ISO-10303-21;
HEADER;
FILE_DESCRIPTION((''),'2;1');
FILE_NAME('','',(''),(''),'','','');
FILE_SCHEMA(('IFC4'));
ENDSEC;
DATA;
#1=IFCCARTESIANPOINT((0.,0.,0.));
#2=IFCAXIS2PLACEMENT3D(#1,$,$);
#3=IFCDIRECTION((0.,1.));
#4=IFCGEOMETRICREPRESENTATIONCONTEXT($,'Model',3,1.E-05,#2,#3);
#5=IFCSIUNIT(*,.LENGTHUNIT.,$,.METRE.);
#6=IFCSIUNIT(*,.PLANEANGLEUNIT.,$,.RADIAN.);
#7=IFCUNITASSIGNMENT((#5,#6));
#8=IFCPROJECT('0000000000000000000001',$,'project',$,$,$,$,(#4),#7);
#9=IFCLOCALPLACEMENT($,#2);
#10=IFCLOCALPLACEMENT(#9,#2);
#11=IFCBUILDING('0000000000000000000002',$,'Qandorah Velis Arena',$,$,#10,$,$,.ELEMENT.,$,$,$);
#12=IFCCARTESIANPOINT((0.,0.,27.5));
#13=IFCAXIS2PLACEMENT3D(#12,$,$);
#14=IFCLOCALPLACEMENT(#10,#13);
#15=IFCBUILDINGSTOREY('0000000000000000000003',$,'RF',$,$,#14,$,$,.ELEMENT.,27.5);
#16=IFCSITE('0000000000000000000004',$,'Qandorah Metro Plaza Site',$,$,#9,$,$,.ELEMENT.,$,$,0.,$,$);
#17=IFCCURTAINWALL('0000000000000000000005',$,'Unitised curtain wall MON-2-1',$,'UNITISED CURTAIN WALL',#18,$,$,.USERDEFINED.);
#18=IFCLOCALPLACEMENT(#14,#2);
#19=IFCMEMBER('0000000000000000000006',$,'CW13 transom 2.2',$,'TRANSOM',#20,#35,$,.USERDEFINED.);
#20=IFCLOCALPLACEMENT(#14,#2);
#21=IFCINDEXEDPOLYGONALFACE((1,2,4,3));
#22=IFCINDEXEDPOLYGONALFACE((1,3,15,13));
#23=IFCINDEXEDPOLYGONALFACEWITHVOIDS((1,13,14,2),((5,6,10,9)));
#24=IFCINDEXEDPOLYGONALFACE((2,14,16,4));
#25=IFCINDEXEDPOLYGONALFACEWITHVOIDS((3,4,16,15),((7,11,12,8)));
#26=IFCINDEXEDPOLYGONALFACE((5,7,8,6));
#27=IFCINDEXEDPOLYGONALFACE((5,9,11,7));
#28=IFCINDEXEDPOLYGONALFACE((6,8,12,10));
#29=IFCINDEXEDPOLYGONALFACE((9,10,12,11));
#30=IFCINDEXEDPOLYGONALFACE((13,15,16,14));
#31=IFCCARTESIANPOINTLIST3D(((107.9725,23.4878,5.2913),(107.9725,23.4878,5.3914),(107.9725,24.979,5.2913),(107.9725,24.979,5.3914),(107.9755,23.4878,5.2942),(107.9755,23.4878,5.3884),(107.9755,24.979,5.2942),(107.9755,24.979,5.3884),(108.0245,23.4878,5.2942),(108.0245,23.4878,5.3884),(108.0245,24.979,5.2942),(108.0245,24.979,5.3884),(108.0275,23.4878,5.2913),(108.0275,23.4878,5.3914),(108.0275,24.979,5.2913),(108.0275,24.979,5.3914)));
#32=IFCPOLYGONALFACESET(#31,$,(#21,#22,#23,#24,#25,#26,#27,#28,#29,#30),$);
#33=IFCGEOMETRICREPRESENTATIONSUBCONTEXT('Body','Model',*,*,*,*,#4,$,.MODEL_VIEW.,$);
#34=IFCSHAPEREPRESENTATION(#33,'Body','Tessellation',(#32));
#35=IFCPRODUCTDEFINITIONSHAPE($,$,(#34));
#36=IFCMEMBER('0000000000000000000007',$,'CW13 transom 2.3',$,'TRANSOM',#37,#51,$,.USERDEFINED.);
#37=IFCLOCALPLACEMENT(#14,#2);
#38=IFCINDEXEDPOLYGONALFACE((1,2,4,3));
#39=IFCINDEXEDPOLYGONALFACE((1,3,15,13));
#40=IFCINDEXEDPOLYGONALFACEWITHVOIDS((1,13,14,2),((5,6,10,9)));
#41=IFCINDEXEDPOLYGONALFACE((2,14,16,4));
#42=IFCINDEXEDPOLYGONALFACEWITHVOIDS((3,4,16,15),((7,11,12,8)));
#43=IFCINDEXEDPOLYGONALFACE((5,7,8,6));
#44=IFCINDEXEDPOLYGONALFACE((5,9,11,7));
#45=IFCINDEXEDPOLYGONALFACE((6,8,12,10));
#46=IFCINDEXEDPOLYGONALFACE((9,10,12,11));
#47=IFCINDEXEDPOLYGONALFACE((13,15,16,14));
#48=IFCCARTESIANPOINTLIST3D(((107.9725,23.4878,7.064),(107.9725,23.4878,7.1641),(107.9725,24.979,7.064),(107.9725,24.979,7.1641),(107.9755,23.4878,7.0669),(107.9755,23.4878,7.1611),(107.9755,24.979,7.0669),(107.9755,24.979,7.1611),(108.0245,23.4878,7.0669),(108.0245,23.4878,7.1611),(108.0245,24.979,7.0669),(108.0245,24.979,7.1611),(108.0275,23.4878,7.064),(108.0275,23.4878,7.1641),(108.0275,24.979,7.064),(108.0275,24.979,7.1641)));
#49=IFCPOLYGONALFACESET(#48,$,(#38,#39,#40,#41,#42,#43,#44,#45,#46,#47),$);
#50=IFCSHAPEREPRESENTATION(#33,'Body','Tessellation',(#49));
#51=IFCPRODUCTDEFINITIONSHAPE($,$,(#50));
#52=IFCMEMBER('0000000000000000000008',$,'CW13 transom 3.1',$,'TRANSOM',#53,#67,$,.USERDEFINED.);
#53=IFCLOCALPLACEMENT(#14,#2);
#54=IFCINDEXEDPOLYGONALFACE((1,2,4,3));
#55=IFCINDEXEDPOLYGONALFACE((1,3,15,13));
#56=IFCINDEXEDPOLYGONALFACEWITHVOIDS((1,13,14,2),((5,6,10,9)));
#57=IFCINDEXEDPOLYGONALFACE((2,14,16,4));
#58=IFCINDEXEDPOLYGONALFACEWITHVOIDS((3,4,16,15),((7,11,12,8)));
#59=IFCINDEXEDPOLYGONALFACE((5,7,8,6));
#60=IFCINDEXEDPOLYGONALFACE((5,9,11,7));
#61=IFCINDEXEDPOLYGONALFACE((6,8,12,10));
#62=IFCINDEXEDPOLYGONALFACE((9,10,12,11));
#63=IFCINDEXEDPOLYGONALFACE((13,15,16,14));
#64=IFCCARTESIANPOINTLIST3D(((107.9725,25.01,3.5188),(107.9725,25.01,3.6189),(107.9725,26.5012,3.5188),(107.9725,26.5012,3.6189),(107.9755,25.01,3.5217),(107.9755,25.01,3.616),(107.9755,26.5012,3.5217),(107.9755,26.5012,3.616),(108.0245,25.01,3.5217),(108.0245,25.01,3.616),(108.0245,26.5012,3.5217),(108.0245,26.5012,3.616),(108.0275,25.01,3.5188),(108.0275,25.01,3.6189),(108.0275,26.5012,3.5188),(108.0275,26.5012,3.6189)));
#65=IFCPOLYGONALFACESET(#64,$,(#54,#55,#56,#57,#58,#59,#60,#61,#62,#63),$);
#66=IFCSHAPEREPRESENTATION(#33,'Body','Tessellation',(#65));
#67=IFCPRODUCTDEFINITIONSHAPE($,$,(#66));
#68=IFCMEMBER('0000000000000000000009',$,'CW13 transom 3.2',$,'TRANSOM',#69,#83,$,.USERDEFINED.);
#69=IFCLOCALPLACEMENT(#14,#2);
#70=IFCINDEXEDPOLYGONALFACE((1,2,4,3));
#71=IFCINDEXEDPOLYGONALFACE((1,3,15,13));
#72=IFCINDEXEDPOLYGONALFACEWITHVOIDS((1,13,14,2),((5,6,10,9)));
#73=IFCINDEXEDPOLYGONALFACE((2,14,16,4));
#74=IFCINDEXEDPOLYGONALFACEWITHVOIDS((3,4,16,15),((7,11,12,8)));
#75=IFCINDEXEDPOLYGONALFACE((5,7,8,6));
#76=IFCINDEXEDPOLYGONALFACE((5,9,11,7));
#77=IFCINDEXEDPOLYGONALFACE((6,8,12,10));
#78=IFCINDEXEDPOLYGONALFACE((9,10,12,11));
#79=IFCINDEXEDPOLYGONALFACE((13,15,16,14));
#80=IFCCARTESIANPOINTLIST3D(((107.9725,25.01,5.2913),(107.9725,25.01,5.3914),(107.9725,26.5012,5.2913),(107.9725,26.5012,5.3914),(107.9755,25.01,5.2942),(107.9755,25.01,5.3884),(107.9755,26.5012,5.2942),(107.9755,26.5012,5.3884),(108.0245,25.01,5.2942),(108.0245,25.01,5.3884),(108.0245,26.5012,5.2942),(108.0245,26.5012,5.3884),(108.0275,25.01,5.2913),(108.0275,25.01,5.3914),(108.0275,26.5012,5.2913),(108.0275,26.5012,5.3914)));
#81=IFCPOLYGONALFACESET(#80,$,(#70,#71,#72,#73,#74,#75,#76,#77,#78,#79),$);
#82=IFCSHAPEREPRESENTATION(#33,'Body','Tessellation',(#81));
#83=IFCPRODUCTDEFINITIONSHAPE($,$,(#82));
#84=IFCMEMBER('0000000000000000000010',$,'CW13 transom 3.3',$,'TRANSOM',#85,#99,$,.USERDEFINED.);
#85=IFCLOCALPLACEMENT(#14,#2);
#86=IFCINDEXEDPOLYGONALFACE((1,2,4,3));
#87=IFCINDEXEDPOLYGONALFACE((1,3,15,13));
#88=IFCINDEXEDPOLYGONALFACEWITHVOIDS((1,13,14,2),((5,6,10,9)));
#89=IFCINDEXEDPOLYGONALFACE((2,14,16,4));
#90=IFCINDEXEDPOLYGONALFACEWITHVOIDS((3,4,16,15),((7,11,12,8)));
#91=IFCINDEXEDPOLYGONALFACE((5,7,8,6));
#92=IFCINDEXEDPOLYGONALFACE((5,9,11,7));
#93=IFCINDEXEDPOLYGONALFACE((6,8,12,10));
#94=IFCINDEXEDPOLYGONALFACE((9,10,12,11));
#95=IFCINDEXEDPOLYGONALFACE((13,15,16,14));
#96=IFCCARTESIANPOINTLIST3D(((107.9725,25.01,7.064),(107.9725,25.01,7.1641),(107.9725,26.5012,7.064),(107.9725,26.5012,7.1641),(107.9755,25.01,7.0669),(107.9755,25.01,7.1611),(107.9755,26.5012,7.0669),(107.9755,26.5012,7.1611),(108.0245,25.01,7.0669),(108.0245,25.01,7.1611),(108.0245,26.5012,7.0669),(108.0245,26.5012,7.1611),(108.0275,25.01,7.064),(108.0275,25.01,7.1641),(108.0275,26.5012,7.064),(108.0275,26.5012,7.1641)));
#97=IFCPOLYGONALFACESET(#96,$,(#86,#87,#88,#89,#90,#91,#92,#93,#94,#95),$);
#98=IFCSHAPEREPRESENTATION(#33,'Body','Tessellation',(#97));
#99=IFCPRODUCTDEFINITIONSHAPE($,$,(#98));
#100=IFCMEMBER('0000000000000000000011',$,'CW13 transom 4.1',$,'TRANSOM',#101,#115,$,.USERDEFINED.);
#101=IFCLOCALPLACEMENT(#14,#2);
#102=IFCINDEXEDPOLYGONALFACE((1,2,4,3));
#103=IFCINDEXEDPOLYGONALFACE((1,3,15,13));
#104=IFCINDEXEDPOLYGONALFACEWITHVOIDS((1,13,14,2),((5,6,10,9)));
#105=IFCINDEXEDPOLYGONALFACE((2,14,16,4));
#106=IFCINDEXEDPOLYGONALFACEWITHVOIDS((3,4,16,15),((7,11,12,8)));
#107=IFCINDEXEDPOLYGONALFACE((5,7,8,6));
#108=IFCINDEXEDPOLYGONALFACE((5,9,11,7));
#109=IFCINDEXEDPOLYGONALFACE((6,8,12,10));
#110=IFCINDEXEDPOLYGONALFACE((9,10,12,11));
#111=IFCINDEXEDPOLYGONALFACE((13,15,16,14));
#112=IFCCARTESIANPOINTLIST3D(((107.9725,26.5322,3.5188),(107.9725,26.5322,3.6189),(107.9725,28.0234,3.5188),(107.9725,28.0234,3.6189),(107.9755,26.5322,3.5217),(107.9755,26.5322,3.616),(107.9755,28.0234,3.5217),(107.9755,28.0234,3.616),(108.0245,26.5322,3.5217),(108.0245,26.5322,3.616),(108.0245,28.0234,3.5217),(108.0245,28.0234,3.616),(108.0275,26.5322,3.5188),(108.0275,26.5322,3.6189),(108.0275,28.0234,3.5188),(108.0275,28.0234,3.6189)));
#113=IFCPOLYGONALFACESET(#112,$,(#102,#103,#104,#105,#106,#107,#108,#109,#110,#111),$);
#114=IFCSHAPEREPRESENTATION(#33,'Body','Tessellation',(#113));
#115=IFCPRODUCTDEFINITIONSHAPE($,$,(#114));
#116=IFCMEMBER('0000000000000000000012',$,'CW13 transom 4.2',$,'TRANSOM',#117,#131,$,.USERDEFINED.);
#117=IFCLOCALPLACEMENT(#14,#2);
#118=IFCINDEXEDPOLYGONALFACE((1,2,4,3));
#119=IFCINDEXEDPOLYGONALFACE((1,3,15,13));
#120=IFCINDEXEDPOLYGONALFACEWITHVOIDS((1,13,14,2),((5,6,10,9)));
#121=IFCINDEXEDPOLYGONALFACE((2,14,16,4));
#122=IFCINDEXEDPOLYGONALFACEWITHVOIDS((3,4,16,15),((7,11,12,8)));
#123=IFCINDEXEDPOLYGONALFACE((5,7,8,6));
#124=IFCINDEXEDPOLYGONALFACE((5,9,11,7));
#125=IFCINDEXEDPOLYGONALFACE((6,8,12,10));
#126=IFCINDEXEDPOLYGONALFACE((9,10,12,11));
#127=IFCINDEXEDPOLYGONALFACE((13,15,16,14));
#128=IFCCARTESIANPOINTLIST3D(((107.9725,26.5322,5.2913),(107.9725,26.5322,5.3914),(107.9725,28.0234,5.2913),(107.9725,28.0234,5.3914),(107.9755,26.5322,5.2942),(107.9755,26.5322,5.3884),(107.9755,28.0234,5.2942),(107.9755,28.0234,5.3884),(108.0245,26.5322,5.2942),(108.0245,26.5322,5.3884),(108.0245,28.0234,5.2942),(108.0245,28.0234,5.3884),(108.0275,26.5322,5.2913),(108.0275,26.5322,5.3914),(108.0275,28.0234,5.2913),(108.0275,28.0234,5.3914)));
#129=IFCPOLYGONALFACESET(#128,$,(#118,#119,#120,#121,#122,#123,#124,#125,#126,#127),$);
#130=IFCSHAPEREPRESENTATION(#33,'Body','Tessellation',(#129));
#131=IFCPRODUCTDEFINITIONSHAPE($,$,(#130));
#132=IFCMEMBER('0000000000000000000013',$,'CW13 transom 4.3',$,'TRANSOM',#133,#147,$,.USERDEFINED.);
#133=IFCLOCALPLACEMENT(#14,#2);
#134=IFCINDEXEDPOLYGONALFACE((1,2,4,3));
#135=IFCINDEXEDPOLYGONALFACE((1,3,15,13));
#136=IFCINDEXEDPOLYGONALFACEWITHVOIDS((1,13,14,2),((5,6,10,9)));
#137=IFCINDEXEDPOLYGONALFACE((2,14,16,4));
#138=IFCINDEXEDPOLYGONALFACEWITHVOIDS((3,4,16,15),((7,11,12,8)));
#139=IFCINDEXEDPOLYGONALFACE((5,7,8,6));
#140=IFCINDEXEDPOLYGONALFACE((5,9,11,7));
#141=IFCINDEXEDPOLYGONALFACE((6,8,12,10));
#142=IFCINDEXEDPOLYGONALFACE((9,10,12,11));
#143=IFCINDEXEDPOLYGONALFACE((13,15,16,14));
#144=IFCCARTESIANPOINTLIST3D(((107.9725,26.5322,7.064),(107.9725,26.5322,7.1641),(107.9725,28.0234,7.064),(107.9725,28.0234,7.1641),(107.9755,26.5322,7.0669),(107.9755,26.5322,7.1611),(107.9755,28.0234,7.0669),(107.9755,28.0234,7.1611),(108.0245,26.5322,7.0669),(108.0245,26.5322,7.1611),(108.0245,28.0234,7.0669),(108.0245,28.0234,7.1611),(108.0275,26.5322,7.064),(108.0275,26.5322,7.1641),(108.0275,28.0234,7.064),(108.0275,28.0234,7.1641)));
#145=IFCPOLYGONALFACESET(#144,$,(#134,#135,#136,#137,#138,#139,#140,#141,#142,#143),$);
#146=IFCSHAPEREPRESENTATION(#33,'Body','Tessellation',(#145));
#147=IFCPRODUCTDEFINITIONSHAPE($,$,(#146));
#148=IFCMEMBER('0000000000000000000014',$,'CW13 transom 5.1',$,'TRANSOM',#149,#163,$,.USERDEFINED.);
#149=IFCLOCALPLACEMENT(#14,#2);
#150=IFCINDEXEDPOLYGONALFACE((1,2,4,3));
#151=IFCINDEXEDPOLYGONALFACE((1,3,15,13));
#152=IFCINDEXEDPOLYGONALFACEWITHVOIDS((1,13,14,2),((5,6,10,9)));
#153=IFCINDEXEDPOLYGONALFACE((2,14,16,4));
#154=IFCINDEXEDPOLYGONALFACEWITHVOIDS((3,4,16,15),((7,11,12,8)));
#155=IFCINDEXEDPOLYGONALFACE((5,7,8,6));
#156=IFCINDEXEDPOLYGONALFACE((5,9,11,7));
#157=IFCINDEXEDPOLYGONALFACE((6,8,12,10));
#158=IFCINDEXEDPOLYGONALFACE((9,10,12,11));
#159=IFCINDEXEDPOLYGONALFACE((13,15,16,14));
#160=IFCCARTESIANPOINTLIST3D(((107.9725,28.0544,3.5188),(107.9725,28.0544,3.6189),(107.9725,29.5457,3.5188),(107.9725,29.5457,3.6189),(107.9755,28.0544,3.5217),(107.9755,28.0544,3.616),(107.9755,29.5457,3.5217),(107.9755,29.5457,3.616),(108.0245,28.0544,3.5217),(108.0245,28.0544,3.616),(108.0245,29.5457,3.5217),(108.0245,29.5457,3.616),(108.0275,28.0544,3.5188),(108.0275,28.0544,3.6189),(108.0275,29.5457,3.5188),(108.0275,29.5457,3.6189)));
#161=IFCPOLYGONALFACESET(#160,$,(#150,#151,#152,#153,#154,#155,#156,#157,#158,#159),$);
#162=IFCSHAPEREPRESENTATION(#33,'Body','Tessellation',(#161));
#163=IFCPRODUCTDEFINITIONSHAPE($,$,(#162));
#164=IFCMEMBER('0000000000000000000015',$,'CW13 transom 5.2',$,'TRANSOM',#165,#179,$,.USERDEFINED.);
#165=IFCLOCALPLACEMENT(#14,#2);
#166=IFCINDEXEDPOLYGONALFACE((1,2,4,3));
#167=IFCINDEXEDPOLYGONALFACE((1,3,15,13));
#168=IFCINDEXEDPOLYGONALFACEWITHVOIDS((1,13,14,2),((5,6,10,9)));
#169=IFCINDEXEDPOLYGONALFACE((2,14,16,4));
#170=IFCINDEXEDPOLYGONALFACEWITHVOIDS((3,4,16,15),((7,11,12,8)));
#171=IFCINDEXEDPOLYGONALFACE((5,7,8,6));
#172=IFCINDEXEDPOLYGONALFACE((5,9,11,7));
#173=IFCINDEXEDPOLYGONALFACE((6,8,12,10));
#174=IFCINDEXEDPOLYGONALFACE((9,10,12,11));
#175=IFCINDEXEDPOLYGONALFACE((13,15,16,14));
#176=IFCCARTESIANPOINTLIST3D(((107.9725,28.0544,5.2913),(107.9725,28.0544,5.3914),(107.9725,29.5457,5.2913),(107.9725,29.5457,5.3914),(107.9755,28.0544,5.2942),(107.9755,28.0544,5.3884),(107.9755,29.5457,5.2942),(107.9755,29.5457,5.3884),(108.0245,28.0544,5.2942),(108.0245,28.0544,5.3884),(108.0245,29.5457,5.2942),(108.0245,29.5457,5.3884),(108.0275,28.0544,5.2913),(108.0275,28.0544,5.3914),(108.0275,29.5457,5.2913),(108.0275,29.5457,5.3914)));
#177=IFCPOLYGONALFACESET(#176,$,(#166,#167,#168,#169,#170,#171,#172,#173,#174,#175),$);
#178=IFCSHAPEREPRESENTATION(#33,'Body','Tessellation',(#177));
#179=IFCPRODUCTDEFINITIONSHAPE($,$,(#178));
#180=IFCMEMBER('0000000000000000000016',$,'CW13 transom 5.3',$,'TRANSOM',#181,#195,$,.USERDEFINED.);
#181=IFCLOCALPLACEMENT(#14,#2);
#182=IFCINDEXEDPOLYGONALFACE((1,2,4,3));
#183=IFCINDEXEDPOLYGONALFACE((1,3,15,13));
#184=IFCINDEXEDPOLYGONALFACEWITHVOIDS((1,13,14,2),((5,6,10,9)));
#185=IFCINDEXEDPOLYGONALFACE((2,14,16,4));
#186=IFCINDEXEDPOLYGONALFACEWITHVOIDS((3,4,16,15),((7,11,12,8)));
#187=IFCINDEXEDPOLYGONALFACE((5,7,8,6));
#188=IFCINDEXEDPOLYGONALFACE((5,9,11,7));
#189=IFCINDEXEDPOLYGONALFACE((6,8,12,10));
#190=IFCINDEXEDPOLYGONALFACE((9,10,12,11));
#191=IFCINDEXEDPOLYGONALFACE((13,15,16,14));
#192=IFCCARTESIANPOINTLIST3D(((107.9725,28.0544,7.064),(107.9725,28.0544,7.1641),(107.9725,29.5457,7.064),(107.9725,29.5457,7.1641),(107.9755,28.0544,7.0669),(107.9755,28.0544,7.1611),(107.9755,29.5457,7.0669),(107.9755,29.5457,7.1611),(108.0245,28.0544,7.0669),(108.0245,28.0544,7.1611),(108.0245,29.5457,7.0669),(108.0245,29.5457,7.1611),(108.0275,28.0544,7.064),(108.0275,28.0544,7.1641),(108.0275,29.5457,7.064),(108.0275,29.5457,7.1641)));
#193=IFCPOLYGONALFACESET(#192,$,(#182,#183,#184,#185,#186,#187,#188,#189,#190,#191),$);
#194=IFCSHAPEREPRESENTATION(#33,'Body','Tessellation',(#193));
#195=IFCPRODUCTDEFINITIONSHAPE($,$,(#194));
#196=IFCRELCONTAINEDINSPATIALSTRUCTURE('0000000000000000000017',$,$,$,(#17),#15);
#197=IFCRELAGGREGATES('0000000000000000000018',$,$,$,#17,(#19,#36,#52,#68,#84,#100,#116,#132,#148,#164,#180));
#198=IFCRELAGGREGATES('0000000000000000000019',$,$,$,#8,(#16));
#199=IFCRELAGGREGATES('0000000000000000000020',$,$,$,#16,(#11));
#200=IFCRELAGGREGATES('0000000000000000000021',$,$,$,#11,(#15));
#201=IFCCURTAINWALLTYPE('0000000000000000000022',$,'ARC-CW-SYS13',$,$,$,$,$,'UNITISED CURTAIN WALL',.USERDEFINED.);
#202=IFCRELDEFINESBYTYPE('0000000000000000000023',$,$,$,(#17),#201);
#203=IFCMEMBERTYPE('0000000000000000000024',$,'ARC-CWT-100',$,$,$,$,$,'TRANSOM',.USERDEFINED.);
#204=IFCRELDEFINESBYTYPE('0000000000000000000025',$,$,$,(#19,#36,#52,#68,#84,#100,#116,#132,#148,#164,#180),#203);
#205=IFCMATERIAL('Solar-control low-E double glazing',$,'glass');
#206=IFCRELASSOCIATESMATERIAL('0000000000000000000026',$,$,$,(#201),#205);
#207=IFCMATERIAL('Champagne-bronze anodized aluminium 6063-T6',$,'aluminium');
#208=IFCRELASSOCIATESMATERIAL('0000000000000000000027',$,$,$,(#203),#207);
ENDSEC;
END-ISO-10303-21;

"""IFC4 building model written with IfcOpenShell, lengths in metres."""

from ifc_helpers import new_model, si_unit, direction, frame, origin, origin_2d, place, context, subcontext, project, spatial, hollow_rectangle, extrude, material, material_profile, profile_set, type_object, element, aggregate, save


model = new_model("IFC4")

# Units and contexts
model_context = context("Model", 3, precision=1e-05, world=origin(), true_north=direction((0.0, 1.0)))
body_context = subcontext(model_context, "Body", "Model", "MODEL_VIEW")
ifc_project = project(units=[si_unit("LENGTHUNIT", "METRE"), si_unit("PLANEANGLEUNIT", "RADIAN")], contexts=[model_context])

# Site, building, storey
site_placement = place(None, origin())
site = spatial("IfcSite", under=ifc_project, at=site_placement, Name="Qandorah Metro Plaza Site", CompositionType="ELEMENT", RefElevation=0.0)
building_placement = place(site_placement, origin())
building = spatial("IfcBuilding", under=site, at=building_placement, Name="Qandorah Velis Arena", CompositionType="ELEMENT")
storey_placement = place(building_placement, frame((0.0, 0.0, 27.5)))
storey = spatial("IfcBuildingStorey", under=building, at=storey_placement, Name="RF", CompositionType="ELEMENT", Elevation=27.5)

# Curtain wall
ifc_material_1 = material(Name="Solar-control low-E double glazing", Category="glass")
curtain_wall_type_1 = type_object("IfcCurtainWallType", Name="ARC-CW-SYS13", ElementType="UNITISED CURTAIN WALL", PredefinedType="USERDEFINED", material=ifc_material_1)
curtain_wall_1_placement = place(storey_placement, origin())
curtain_wall_1 = element("IfcCurtainWall", 1, at=curtain_wall_1_placement, inside=storey, type_object=curtain_wall_type_1, Name="Unitised curtain wall MON-2-1", ObjectType="UNITISED CURTAIN WALL", PredefinedType="USERDEFINED")
ifc_material_2 = material(Name="Champagne-bronze anodized aluminium 6063-T6", Category="aluminium")

# Members
ifc_material_profile_1 = material_profile(ifc_material_2, hollow_rectangle(XDim=0.0549, YDim=0.1001, WallThickness=0.0029, at=origin_2d()), Name="ALU TRANSOM 55x100")
ifc_profile_set_1 = profile_set([ifc_material_profile_1], Name="Champagne-bronze anodized aluminium 6063-T6")
member_type_1 = type_object("IfcMemberType", Name="ARC-CWT-100", ElementType="TRANSOM", PredefinedType="USERDEFINED", material=ifc_profile_set_1)
member_1_placement = place(storey_placement, frame((108.0, 23.4878, 5.3413), z_axis=(0.0, 1.0, 0.0), x_axis=(-1.0, 0.0, 0.0)))
member_1 = element("IfcMember", 2, at=member_1_placement, type_object=member_type_1, Name="CW13 transom 2.2", ObjectType="TRANSOM", PredefinedType="USERDEFINED", context=body_context, shape_type="SweptSolid", body=[
    extrude(hollow_rectangle(XDim=0.0549, YDim=0.1001, WallThickness=0.0029, at=origin_2d()), origin(), (0.0, 0.0, 1.0), 1.4912),
])
member_2_placement = place(storey_placement, frame((108.0, 23.4878, 7.114), z_axis=(0.0, 1.0, 0.0), x_axis=(-1.0, 0.0, 0.0)))
member_2 = element("IfcMember", 3, at=member_2_placement, type_object=member_type_1, Name="CW13 transom 2.3", ObjectType="TRANSOM", PredefinedType="USERDEFINED", context=body_context, shape_type="SweptSolid", body=[
    extrude(hollow_rectangle(XDim=0.0549, YDim=0.1001, WallThickness=0.0029, at=origin_2d()), origin(), (0.0, 0.0, 1.0), 1.4912),
])
member_3_placement = place(storey_placement, frame((108.0, 25.01, 3.5688), z_axis=(0.0, 1.0, 0.0), x_axis=(-1.0, 0.0, 0.0)))
member_3 = element("IfcMember", 4, at=member_3_placement, type_object=member_type_1, Name="CW13 transom 3.1", ObjectType="TRANSOM", PredefinedType="USERDEFINED", context=body_context, shape_type="SweptSolid", body=[
    extrude(hollow_rectangle(XDim=0.0549, YDim=0.1001, WallThickness=0.0029, at=origin_2d()), origin(), (0.0, 0.0, 1.0), 1.4912),
])
member_4_placement = place(storey_placement, frame((108.0, 25.01, 5.3413), z_axis=(0.0, 1.0, 0.0), x_axis=(-1.0, 0.0, 0.0)))
member_4 = element("IfcMember", 5, at=member_4_placement, type_object=member_type_1, Name="CW13 transom 3.2", ObjectType="TRANSOM", PredefinedType="USERDEFINED", context=body_context, shape_type="SweptSolid", body=[
    extrude(hollow_rectangle(XDim=0.0549, YDim=0.1001, WallThickness=0.0029, at=origin_2d()), origin(), (0.0, 0.0, 1.0), 1.4912),
])
member_5_placement = place(storey_placement, frame((108.0, 25.01, 7.114), z_axis=(0.0, 1.0, 0.0), x_axis=(-1.0, 0.0, 0.0)))
member_5 = element("IfcMember", 6, at=member_5_placement, type_object=member_type_1, Name="CW13 transom 3.3", ObjectType="TRANSOM", PredefinedType="USERDEFINED", context=body_context, shape_type="SweptSolid", body=[
    extrude(hollow_rectangle(XDim=0.0549, YDim=0.1001, WallThickness=0.0029, at=origin_2d()), origin(), (0.0, 0.0, 1.0), 1.4912),
])
member_6_placement = place(storey_placement, frame((108.0, 26.5322, 3.5688), z_axis=(0.0, 1.0, 0.0), x_axis=(-1.0, 0.0, 0.0)))
member_6 = element("IfcMember", 7, at=member_6_placement, type_object=member_type_1, Name="CW13 transom 4.1", ObjectType="TRANSOM", PredefinedType="USERDEFINED", context=body_context, shape_type="SweptSolid", body=[
    extrude(hollow_rectangle(XDim=0.0549, YDim=0.1001, WallThickness=0.0029, at=origin_2d()), origin(), (0.0, 0.0, 1.0), 1.4912),
])
member_7_placement = place(storey_placement, frame((108.0, 26.5322, 5.3413), z_axis=(0.0, 1.0, 0.0), x_axis=(-1.0, 0.0, 0.0)))
member_7 = element("IfcMember", 8, at=member_7_placement, type_object=member_type_1, Name="CW13 transom 4.2", ObjectType="TRANSOM", PredefinedType="USERDEFINED", context=body_context, shape_type="SweptSolid", body=[
    extrude(hollow_rectangle(XDim=0.0549, YDim=0.1001, WallThickness=0.0029, at=origin_2d()), origin(), (0.0, 0.0, 1.0), 1.4912),
])
member_8_placement = place(storey_placement, frame((108.0, 26.5322, 7.114), z_axis=(0.0, 1.0, 0.0), x_axis=(-1.0, 0.0, 0.0)))
member_8 = element("IfcMember", 9, at=member_8_placement, type_object=member_type_1, Name="CW13 transom 4.3", ObjectType="TRANSOM", PredefinedType="USERDEFINED", context=body_context, shape_type="SweptSolid", body=[
    extrude(hollow_rectangle(XDim=0.0549, YDim=0.1001, WallThickness=0.0029, at=origin_2d()), origin(), (0.0, 0.0, 1.0), 1.4912),
])
member_9_placement = place(storey_placement, frame((108.0, 28.0544, 3.5688), z_axis=(0.0, 1.0, 0.0), x_axis=(-1.0, 0.0, 0.0)))
member_9 = element("IfcMember", 10, at=member_9_placement, type_object=member_type_1, Name="CW13 transom 5.1", ObjectType="TRANSOM", PredefinedType="USERDEFINED", context=body_context, shape_type="SweptSolid", body=[
    extrude(hollow_rectangle(XDim=0.0549, YDim=0.1001, WallThickness=0.0029, at=origin_2d()), origin(), (0.0, 0.0, 1.0), 1.4912),
])
member_10_placement = place(storey_placement, frame((108.0, 28.0544, 5.3413), z_axis=(0.0, 1.0, 0.0), x_axis=(-1.0, 0.0, 0.0)))
member_10 = element("IfcMember", 11, at=member_10_placement, type_object=member_type_1, Name="CW13 transom 5.2", ObjectType="TRANSOM", PredefinedType="USERDEFINED", context=body_context, shape_type="SweptSolid", body=[
    extrude(hollow_rectangle(XDim=0.0549, YDim=0.1001, WallThickness=0.0029, at=origin_2d()), origin(), (0.0, 0.0, 1.0), 1.4912),
])
member_11_placement = place(storey_placement, frame((108.0, 28.0544, 7.114), z_axis=(0.0, 1.0, 0.0), x_axis=(-1.0, 0.0, 0.0)))
member_11 = element("IfcMember", 12, at=member_11_placement, type_object=member_type_1, Name="CW13 transom 5.3", ObjectType="TRANSOM", PredefinedType="USERDEFINED", context=body_context, shape_type="SweptSolid", body=[
    extrude(hollow_rectangle(XDim=0.0549, YDim=0.1001, WallThickness=0.0029, at=origin_2d()), origin(), (0.0, 0.0, 1.0), 1.4912),
])

aggregate(curtain_wall_1, [member_1, member_2, member_3, member_4, member_5, member_6, member_7, member_8, member_9, member_10, member_11])

save(model, "model.ifc")
